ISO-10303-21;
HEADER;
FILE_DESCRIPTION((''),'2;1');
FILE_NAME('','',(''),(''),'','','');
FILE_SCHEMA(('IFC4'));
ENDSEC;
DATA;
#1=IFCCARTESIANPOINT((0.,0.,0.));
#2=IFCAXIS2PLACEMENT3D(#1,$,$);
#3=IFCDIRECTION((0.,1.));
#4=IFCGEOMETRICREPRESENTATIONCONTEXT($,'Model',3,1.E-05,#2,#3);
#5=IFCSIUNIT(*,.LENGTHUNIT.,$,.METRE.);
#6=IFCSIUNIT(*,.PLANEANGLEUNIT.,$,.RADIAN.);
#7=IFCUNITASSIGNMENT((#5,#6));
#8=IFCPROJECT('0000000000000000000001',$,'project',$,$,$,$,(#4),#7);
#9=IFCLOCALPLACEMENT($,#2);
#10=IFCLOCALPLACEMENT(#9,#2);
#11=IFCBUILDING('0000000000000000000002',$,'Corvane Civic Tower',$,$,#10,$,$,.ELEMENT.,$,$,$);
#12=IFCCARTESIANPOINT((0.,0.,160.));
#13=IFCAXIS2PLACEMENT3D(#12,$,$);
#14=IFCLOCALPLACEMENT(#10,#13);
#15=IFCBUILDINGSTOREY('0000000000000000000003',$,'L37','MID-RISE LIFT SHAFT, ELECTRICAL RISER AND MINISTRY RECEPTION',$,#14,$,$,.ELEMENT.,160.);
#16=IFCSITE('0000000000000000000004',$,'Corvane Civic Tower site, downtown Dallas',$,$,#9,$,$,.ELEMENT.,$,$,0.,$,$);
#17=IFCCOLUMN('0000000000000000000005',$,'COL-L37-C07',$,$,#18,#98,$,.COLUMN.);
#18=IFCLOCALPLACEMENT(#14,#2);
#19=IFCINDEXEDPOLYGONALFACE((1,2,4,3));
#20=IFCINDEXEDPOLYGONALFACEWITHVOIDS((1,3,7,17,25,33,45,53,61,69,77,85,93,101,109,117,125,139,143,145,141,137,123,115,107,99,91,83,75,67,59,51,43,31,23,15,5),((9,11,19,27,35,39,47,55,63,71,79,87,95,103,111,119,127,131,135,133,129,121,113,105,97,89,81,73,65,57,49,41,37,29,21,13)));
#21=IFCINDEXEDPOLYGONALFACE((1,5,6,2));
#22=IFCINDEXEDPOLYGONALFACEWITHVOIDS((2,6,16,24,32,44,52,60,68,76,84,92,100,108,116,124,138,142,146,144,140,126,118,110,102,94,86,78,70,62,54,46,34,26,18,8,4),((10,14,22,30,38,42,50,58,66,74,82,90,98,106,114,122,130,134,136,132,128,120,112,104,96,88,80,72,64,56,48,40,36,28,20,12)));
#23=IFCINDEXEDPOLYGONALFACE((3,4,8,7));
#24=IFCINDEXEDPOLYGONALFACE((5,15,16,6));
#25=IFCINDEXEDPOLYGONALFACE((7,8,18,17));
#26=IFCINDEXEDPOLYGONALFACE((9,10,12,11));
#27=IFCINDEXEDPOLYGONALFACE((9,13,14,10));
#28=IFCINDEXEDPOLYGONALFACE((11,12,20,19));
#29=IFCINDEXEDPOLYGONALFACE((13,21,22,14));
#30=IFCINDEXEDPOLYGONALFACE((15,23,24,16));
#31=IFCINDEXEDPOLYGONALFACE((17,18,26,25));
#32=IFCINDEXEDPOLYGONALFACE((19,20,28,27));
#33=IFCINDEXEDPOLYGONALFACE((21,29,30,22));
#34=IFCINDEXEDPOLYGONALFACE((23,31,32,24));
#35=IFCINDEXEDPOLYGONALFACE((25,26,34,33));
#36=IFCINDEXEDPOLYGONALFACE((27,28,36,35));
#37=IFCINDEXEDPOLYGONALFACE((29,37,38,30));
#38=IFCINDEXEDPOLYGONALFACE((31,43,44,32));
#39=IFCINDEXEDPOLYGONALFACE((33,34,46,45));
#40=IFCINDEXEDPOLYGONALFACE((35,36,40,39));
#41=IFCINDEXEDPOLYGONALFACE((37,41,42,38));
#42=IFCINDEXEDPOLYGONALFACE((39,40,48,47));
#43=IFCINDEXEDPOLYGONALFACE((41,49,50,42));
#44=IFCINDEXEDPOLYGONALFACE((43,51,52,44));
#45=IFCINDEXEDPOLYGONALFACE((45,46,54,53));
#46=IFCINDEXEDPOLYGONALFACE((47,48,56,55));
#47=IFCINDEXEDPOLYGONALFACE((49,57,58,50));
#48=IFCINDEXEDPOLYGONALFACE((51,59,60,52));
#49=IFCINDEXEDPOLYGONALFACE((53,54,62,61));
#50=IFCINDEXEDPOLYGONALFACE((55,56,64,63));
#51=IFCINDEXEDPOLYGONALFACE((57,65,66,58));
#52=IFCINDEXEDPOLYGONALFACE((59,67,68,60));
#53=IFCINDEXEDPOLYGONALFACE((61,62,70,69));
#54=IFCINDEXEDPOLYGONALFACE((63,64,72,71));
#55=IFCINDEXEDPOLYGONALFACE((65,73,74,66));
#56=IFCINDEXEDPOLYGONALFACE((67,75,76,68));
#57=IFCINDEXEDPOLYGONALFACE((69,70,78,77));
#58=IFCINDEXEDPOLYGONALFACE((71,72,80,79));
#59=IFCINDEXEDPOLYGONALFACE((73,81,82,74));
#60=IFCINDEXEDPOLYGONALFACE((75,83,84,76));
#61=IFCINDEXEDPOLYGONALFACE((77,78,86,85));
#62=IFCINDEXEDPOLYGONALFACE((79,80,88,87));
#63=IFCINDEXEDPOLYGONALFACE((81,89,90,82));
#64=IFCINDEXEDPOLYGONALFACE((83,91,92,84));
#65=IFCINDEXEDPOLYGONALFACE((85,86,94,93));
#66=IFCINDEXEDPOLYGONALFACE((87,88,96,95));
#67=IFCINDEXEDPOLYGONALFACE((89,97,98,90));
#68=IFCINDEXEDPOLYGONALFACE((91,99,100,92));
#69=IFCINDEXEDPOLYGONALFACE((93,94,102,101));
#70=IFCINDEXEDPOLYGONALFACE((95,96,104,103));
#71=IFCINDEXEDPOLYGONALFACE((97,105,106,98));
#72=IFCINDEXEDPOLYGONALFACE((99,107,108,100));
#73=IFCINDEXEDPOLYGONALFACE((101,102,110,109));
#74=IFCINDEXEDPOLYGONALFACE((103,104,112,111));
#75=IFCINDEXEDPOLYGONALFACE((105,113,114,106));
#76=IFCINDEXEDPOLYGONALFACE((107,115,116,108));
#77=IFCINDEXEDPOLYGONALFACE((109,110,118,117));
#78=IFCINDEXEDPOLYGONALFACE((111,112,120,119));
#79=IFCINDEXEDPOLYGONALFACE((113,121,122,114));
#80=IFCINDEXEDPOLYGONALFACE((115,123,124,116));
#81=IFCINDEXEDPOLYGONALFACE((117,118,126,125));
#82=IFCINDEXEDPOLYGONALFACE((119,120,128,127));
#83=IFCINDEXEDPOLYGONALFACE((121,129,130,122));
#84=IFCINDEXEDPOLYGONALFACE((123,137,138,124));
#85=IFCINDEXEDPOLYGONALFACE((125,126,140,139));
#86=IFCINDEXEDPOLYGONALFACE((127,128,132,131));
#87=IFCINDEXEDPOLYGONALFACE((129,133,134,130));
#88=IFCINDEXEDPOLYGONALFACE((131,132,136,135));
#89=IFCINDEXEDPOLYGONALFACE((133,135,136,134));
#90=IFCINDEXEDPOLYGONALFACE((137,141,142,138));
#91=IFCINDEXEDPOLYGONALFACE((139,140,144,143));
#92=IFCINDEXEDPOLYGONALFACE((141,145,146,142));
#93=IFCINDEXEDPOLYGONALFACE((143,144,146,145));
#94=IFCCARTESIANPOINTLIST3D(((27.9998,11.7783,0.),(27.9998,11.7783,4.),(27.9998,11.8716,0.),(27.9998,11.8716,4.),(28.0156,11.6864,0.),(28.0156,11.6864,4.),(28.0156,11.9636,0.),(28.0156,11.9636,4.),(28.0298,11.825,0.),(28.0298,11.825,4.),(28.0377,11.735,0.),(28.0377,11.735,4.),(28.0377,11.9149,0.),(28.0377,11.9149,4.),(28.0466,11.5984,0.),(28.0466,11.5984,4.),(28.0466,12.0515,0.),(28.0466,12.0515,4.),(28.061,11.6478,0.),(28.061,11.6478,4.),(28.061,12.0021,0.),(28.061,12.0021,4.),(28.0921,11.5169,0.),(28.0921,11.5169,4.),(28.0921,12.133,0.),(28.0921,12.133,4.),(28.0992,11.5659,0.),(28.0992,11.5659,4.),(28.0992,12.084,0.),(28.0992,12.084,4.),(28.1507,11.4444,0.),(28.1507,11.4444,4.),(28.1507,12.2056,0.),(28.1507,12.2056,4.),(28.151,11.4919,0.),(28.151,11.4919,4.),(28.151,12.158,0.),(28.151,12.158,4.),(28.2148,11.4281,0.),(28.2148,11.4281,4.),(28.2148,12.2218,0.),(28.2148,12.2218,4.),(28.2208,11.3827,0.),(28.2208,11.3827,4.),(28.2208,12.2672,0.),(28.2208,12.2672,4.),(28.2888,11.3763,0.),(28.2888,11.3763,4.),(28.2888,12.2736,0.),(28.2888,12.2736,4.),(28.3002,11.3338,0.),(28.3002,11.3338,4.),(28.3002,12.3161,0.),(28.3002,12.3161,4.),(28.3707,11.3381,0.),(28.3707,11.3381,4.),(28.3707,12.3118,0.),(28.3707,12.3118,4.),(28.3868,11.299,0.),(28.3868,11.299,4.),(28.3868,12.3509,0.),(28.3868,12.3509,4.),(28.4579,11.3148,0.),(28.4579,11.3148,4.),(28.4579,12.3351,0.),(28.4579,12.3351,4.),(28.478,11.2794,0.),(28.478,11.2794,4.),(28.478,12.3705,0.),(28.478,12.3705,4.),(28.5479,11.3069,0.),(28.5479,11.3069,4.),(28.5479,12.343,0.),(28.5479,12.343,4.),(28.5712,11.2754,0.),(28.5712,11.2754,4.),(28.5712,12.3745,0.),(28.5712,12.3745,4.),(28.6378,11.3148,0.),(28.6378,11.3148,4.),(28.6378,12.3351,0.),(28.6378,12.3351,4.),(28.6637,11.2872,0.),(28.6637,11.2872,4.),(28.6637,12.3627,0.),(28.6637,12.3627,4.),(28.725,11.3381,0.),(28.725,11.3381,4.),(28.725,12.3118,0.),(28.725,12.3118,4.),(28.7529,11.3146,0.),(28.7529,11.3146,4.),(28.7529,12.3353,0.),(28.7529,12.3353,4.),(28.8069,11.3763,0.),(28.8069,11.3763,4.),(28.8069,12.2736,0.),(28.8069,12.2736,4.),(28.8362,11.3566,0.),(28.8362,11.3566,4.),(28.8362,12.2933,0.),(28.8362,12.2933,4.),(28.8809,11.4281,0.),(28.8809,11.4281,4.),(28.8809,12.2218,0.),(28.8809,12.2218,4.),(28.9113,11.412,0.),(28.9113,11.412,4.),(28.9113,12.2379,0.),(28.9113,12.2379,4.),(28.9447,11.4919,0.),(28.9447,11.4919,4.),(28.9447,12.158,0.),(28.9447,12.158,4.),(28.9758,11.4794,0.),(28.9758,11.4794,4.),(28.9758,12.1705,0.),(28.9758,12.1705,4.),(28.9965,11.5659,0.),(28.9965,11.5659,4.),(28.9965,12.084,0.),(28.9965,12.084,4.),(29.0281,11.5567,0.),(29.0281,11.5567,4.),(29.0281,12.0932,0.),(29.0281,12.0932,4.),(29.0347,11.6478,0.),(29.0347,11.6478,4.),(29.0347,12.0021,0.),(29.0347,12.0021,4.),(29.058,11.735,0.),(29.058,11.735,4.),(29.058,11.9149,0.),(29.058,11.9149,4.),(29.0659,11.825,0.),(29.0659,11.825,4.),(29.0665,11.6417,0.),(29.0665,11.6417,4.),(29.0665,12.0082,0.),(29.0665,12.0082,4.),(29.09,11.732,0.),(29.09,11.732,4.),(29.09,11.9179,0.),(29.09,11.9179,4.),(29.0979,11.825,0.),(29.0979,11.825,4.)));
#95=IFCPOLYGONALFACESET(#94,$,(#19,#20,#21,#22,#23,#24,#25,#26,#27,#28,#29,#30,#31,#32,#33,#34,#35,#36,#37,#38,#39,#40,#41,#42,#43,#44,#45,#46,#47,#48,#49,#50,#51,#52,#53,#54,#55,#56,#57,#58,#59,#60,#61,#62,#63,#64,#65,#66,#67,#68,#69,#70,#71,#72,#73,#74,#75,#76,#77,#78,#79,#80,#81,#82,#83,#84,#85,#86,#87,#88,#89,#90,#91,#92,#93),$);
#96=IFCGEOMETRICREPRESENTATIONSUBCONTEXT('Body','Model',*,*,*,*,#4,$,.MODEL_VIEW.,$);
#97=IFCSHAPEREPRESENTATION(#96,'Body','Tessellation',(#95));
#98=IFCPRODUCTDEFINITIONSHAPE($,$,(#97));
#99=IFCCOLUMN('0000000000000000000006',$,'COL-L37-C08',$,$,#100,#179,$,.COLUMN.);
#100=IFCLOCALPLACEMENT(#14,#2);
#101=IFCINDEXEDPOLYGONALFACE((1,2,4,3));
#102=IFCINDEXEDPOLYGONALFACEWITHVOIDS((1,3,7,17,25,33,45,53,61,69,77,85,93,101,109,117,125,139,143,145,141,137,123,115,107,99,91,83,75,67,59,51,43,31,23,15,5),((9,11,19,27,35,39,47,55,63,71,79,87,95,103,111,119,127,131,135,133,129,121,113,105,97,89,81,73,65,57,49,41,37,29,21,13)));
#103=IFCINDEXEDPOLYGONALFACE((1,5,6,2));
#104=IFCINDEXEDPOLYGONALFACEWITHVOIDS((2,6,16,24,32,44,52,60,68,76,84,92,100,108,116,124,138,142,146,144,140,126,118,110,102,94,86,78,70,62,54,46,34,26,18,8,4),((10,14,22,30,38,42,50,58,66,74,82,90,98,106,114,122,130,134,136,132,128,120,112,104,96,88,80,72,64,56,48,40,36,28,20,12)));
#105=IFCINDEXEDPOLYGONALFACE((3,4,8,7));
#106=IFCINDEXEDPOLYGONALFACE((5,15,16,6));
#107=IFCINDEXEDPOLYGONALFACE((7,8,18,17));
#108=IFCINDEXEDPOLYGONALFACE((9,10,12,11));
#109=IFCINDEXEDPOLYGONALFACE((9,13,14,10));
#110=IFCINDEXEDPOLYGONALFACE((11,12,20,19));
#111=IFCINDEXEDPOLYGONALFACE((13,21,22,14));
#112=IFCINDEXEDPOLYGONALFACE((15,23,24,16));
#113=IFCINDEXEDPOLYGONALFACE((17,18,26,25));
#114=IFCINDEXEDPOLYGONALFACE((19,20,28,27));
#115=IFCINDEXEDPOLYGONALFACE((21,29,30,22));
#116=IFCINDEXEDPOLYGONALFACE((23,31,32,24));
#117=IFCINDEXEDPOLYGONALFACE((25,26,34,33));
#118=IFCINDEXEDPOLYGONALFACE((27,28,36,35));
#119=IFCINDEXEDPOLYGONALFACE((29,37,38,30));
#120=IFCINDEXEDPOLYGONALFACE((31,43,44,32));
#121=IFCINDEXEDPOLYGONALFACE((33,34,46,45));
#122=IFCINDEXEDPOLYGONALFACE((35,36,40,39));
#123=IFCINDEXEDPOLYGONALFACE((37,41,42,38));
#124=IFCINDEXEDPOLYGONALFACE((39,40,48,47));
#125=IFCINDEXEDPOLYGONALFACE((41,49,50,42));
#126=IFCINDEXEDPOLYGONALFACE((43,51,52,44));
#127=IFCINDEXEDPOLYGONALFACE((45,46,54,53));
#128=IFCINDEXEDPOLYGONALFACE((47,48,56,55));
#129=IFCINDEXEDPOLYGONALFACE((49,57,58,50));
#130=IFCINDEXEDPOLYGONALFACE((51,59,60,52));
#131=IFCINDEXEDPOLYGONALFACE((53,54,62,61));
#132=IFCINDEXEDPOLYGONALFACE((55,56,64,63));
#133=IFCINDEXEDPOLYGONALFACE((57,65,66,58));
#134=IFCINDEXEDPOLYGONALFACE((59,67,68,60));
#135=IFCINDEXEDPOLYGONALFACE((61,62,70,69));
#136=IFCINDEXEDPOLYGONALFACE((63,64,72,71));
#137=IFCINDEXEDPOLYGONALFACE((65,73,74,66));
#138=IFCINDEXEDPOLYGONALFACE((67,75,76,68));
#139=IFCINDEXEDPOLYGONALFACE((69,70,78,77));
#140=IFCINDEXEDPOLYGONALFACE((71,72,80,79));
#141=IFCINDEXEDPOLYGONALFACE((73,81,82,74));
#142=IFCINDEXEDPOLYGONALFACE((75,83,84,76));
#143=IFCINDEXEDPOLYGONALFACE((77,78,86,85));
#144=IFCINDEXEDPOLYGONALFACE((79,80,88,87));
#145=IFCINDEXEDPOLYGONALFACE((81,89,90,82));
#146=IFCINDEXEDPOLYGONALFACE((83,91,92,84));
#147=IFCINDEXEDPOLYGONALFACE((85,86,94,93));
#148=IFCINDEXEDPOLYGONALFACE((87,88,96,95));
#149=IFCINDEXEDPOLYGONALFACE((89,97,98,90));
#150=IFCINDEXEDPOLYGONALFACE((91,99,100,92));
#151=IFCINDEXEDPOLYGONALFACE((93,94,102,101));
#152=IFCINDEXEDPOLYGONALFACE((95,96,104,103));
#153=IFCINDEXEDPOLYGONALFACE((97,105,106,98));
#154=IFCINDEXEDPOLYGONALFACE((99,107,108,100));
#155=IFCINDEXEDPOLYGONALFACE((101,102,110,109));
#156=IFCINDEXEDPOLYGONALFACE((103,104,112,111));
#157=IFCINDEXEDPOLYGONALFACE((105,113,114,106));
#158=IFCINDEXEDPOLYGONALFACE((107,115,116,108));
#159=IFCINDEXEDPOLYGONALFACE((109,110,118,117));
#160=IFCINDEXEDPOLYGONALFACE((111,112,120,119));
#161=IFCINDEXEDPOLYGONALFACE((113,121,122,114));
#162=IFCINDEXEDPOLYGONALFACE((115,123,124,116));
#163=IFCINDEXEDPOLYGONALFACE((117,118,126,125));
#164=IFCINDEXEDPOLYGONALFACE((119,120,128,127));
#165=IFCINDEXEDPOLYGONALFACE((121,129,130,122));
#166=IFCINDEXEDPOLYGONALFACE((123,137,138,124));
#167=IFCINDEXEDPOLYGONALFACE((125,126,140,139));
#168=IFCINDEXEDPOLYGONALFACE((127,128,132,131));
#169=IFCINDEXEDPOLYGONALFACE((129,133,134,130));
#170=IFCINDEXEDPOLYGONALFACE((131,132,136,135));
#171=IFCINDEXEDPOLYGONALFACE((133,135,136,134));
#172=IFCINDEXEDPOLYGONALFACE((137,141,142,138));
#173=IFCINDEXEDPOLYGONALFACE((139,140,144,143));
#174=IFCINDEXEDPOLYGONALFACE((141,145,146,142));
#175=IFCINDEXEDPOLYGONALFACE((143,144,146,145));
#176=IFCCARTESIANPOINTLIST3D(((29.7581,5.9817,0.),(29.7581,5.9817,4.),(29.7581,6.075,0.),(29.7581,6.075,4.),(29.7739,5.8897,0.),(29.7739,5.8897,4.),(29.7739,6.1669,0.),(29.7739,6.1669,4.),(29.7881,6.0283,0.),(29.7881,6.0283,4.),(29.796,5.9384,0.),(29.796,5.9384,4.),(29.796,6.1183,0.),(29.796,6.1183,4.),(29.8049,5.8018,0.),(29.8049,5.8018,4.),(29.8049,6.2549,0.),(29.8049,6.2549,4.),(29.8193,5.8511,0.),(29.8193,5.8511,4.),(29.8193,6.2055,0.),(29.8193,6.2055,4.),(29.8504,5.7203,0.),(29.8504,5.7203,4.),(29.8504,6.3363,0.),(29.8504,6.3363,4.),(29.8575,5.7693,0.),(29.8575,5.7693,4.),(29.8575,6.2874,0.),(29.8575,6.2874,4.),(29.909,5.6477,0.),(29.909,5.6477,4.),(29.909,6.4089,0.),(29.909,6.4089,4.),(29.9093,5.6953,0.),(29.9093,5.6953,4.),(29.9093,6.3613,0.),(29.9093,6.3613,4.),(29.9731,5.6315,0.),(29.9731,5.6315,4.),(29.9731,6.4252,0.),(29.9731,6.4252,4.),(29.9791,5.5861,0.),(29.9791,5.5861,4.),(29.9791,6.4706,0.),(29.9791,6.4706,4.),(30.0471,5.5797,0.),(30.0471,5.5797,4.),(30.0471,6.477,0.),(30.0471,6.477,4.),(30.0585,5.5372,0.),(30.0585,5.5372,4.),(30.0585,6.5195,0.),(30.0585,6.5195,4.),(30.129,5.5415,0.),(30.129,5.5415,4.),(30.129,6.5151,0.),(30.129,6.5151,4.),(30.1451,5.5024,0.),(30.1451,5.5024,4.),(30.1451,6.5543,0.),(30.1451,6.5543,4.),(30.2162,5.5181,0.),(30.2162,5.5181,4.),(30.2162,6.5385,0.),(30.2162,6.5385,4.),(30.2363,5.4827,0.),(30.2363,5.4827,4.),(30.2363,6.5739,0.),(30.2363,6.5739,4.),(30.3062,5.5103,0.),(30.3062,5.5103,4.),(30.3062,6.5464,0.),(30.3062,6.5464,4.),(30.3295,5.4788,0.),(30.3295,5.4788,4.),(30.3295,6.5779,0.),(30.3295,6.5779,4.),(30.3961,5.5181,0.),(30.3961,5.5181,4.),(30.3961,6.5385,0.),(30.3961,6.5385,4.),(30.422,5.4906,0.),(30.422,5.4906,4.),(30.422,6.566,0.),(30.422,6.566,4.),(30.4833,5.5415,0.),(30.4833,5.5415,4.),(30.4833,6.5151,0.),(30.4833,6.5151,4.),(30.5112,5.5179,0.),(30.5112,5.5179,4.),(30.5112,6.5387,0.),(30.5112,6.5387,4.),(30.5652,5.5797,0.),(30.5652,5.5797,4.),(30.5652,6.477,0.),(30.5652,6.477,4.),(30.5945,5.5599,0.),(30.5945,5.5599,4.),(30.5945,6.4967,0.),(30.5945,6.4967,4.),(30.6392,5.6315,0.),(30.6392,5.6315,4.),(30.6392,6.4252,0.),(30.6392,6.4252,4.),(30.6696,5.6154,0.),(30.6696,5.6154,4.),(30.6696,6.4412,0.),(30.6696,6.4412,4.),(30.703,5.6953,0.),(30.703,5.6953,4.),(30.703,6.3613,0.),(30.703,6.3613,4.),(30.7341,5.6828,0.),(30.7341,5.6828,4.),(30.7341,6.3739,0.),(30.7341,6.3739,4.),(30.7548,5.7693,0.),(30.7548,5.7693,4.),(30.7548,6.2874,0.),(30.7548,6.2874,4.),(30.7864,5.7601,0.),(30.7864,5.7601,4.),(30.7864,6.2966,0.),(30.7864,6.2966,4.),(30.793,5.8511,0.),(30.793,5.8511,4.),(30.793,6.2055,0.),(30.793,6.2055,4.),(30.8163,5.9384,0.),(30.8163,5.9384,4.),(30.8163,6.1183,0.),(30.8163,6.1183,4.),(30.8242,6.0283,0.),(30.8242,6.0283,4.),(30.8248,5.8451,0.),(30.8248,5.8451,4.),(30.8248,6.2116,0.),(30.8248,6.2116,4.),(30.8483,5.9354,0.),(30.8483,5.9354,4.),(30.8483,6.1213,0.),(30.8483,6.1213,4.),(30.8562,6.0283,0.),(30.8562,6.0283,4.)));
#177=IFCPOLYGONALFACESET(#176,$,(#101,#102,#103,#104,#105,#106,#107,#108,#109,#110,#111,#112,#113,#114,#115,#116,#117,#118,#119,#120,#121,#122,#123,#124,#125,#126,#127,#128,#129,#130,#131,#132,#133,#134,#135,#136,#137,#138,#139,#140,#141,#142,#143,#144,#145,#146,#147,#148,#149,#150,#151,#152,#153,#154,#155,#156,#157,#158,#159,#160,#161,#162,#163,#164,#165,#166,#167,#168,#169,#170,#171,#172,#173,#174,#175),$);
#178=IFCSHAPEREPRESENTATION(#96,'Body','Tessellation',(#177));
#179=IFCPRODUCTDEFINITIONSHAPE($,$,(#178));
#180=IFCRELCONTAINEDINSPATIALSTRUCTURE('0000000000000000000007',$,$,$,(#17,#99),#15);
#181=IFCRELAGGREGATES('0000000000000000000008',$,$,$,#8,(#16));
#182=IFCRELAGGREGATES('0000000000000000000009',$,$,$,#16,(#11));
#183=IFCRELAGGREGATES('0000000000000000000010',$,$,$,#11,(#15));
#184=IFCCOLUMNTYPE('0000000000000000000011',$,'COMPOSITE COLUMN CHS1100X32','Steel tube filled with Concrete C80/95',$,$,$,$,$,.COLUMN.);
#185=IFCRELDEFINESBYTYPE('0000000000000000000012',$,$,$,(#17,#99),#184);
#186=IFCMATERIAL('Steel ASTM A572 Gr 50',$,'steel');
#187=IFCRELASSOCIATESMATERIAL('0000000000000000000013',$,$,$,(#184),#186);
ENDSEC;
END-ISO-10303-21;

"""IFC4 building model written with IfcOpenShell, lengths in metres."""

from ifc_helpers import new_model, si_unit, direction, frame, origin, origin_2d, place, context, subcontext, project, spatial, hollow_circle, extrude, material, material_profile, profile_set, type_object, element, save


model = new_model("IFC4")

# Units and contexts
model_context = context("Model", 3, precision=1e-05, world=origin(), true_north=direction((0.0, 1.0)))
body_context = subcontext(model_context, "Body", "Model", "MODEL_VIEW")
ifc_project = project(units=[si_unit("LENGTHUNIT", "METRE"), si_unit("PLANEANGLEUNIT", "RADIAN")], contexts=[model_context])

# Site, building, storey
site_placement = place(None, origin())
site = spatial("IfcSite", under=ifc_project, at=site_placement, Name="Corvane Civic Tower site, downtown Dallas", CompositionType="ELEMENT", RefElevation=0.0)
building_placement = place(site_placement, origin())
building = spatial("IfcBuilding", under=site, at=building_placement, Name="Corvane Civic Tower", CompositionType="ELEMENT")
storey_placement = place(building_placement, frame((0.0, 0.0, 160.0)))
storey = spatial("IfcBuildingStorey", under=building, at=storey_placement, Name="L37", Description="MID-RISE LIFT SHAFT, ELECTRICAL RISER AND MINISTRY RECEPTION", CompositionType="ELEMENT", Elevation=160.0)

# Columns
ifc_material_1 = material(Name="Steel ASTM A572 Gr 50", Category="steel")
ifc_material_profile_1 = material_profile(ifc_material_1, hollow_circle(Radius=0.55, WallThickness=0.032, at=origin_2d()), Name="CHS1100X32")
ifc_profile_set_1 = profile_set([ifc_material_profile_1], Name="Steel ASTM A572 Gr 50")
column_type = type_object("IfcColumnType", Name="COMPOSITE COLUMN CHS1100X32", Description="Steel tube filled with Concrete C80/95", PredefinedType="COLUMN", material=ifc_profile_set_1)
for number, where, z_axis, x_axis, name in (
    (1, (28.5479, 11.825, 0.0), (0.0, 0.0, 1.0), (1.0, 0.0, 0.0), "COL-L37-C07"),
    (2, (30.3062, 6.0283, 0.0), (0.0, 0.0, 1.0), (1.0, 0.0, 0.0), "COL-L37-C08"),
):
    element("IfcColumn", number, at=place(storey_placement, frame(where, z_axis=z_axis, x_axis=x_axis)), inside=storey, type_object=column_type, Name=name, PredefinedType="COLUMN", context=body_context, shape_type="SweptSolid", body=[
        extrude(hollow_circle(Radius=0.55, WallThickness=0.032, at=origin_2d()), origin(), (0.0, 0.0, 1.0), 4.0),
    ])

save(model, "model.ifc")
